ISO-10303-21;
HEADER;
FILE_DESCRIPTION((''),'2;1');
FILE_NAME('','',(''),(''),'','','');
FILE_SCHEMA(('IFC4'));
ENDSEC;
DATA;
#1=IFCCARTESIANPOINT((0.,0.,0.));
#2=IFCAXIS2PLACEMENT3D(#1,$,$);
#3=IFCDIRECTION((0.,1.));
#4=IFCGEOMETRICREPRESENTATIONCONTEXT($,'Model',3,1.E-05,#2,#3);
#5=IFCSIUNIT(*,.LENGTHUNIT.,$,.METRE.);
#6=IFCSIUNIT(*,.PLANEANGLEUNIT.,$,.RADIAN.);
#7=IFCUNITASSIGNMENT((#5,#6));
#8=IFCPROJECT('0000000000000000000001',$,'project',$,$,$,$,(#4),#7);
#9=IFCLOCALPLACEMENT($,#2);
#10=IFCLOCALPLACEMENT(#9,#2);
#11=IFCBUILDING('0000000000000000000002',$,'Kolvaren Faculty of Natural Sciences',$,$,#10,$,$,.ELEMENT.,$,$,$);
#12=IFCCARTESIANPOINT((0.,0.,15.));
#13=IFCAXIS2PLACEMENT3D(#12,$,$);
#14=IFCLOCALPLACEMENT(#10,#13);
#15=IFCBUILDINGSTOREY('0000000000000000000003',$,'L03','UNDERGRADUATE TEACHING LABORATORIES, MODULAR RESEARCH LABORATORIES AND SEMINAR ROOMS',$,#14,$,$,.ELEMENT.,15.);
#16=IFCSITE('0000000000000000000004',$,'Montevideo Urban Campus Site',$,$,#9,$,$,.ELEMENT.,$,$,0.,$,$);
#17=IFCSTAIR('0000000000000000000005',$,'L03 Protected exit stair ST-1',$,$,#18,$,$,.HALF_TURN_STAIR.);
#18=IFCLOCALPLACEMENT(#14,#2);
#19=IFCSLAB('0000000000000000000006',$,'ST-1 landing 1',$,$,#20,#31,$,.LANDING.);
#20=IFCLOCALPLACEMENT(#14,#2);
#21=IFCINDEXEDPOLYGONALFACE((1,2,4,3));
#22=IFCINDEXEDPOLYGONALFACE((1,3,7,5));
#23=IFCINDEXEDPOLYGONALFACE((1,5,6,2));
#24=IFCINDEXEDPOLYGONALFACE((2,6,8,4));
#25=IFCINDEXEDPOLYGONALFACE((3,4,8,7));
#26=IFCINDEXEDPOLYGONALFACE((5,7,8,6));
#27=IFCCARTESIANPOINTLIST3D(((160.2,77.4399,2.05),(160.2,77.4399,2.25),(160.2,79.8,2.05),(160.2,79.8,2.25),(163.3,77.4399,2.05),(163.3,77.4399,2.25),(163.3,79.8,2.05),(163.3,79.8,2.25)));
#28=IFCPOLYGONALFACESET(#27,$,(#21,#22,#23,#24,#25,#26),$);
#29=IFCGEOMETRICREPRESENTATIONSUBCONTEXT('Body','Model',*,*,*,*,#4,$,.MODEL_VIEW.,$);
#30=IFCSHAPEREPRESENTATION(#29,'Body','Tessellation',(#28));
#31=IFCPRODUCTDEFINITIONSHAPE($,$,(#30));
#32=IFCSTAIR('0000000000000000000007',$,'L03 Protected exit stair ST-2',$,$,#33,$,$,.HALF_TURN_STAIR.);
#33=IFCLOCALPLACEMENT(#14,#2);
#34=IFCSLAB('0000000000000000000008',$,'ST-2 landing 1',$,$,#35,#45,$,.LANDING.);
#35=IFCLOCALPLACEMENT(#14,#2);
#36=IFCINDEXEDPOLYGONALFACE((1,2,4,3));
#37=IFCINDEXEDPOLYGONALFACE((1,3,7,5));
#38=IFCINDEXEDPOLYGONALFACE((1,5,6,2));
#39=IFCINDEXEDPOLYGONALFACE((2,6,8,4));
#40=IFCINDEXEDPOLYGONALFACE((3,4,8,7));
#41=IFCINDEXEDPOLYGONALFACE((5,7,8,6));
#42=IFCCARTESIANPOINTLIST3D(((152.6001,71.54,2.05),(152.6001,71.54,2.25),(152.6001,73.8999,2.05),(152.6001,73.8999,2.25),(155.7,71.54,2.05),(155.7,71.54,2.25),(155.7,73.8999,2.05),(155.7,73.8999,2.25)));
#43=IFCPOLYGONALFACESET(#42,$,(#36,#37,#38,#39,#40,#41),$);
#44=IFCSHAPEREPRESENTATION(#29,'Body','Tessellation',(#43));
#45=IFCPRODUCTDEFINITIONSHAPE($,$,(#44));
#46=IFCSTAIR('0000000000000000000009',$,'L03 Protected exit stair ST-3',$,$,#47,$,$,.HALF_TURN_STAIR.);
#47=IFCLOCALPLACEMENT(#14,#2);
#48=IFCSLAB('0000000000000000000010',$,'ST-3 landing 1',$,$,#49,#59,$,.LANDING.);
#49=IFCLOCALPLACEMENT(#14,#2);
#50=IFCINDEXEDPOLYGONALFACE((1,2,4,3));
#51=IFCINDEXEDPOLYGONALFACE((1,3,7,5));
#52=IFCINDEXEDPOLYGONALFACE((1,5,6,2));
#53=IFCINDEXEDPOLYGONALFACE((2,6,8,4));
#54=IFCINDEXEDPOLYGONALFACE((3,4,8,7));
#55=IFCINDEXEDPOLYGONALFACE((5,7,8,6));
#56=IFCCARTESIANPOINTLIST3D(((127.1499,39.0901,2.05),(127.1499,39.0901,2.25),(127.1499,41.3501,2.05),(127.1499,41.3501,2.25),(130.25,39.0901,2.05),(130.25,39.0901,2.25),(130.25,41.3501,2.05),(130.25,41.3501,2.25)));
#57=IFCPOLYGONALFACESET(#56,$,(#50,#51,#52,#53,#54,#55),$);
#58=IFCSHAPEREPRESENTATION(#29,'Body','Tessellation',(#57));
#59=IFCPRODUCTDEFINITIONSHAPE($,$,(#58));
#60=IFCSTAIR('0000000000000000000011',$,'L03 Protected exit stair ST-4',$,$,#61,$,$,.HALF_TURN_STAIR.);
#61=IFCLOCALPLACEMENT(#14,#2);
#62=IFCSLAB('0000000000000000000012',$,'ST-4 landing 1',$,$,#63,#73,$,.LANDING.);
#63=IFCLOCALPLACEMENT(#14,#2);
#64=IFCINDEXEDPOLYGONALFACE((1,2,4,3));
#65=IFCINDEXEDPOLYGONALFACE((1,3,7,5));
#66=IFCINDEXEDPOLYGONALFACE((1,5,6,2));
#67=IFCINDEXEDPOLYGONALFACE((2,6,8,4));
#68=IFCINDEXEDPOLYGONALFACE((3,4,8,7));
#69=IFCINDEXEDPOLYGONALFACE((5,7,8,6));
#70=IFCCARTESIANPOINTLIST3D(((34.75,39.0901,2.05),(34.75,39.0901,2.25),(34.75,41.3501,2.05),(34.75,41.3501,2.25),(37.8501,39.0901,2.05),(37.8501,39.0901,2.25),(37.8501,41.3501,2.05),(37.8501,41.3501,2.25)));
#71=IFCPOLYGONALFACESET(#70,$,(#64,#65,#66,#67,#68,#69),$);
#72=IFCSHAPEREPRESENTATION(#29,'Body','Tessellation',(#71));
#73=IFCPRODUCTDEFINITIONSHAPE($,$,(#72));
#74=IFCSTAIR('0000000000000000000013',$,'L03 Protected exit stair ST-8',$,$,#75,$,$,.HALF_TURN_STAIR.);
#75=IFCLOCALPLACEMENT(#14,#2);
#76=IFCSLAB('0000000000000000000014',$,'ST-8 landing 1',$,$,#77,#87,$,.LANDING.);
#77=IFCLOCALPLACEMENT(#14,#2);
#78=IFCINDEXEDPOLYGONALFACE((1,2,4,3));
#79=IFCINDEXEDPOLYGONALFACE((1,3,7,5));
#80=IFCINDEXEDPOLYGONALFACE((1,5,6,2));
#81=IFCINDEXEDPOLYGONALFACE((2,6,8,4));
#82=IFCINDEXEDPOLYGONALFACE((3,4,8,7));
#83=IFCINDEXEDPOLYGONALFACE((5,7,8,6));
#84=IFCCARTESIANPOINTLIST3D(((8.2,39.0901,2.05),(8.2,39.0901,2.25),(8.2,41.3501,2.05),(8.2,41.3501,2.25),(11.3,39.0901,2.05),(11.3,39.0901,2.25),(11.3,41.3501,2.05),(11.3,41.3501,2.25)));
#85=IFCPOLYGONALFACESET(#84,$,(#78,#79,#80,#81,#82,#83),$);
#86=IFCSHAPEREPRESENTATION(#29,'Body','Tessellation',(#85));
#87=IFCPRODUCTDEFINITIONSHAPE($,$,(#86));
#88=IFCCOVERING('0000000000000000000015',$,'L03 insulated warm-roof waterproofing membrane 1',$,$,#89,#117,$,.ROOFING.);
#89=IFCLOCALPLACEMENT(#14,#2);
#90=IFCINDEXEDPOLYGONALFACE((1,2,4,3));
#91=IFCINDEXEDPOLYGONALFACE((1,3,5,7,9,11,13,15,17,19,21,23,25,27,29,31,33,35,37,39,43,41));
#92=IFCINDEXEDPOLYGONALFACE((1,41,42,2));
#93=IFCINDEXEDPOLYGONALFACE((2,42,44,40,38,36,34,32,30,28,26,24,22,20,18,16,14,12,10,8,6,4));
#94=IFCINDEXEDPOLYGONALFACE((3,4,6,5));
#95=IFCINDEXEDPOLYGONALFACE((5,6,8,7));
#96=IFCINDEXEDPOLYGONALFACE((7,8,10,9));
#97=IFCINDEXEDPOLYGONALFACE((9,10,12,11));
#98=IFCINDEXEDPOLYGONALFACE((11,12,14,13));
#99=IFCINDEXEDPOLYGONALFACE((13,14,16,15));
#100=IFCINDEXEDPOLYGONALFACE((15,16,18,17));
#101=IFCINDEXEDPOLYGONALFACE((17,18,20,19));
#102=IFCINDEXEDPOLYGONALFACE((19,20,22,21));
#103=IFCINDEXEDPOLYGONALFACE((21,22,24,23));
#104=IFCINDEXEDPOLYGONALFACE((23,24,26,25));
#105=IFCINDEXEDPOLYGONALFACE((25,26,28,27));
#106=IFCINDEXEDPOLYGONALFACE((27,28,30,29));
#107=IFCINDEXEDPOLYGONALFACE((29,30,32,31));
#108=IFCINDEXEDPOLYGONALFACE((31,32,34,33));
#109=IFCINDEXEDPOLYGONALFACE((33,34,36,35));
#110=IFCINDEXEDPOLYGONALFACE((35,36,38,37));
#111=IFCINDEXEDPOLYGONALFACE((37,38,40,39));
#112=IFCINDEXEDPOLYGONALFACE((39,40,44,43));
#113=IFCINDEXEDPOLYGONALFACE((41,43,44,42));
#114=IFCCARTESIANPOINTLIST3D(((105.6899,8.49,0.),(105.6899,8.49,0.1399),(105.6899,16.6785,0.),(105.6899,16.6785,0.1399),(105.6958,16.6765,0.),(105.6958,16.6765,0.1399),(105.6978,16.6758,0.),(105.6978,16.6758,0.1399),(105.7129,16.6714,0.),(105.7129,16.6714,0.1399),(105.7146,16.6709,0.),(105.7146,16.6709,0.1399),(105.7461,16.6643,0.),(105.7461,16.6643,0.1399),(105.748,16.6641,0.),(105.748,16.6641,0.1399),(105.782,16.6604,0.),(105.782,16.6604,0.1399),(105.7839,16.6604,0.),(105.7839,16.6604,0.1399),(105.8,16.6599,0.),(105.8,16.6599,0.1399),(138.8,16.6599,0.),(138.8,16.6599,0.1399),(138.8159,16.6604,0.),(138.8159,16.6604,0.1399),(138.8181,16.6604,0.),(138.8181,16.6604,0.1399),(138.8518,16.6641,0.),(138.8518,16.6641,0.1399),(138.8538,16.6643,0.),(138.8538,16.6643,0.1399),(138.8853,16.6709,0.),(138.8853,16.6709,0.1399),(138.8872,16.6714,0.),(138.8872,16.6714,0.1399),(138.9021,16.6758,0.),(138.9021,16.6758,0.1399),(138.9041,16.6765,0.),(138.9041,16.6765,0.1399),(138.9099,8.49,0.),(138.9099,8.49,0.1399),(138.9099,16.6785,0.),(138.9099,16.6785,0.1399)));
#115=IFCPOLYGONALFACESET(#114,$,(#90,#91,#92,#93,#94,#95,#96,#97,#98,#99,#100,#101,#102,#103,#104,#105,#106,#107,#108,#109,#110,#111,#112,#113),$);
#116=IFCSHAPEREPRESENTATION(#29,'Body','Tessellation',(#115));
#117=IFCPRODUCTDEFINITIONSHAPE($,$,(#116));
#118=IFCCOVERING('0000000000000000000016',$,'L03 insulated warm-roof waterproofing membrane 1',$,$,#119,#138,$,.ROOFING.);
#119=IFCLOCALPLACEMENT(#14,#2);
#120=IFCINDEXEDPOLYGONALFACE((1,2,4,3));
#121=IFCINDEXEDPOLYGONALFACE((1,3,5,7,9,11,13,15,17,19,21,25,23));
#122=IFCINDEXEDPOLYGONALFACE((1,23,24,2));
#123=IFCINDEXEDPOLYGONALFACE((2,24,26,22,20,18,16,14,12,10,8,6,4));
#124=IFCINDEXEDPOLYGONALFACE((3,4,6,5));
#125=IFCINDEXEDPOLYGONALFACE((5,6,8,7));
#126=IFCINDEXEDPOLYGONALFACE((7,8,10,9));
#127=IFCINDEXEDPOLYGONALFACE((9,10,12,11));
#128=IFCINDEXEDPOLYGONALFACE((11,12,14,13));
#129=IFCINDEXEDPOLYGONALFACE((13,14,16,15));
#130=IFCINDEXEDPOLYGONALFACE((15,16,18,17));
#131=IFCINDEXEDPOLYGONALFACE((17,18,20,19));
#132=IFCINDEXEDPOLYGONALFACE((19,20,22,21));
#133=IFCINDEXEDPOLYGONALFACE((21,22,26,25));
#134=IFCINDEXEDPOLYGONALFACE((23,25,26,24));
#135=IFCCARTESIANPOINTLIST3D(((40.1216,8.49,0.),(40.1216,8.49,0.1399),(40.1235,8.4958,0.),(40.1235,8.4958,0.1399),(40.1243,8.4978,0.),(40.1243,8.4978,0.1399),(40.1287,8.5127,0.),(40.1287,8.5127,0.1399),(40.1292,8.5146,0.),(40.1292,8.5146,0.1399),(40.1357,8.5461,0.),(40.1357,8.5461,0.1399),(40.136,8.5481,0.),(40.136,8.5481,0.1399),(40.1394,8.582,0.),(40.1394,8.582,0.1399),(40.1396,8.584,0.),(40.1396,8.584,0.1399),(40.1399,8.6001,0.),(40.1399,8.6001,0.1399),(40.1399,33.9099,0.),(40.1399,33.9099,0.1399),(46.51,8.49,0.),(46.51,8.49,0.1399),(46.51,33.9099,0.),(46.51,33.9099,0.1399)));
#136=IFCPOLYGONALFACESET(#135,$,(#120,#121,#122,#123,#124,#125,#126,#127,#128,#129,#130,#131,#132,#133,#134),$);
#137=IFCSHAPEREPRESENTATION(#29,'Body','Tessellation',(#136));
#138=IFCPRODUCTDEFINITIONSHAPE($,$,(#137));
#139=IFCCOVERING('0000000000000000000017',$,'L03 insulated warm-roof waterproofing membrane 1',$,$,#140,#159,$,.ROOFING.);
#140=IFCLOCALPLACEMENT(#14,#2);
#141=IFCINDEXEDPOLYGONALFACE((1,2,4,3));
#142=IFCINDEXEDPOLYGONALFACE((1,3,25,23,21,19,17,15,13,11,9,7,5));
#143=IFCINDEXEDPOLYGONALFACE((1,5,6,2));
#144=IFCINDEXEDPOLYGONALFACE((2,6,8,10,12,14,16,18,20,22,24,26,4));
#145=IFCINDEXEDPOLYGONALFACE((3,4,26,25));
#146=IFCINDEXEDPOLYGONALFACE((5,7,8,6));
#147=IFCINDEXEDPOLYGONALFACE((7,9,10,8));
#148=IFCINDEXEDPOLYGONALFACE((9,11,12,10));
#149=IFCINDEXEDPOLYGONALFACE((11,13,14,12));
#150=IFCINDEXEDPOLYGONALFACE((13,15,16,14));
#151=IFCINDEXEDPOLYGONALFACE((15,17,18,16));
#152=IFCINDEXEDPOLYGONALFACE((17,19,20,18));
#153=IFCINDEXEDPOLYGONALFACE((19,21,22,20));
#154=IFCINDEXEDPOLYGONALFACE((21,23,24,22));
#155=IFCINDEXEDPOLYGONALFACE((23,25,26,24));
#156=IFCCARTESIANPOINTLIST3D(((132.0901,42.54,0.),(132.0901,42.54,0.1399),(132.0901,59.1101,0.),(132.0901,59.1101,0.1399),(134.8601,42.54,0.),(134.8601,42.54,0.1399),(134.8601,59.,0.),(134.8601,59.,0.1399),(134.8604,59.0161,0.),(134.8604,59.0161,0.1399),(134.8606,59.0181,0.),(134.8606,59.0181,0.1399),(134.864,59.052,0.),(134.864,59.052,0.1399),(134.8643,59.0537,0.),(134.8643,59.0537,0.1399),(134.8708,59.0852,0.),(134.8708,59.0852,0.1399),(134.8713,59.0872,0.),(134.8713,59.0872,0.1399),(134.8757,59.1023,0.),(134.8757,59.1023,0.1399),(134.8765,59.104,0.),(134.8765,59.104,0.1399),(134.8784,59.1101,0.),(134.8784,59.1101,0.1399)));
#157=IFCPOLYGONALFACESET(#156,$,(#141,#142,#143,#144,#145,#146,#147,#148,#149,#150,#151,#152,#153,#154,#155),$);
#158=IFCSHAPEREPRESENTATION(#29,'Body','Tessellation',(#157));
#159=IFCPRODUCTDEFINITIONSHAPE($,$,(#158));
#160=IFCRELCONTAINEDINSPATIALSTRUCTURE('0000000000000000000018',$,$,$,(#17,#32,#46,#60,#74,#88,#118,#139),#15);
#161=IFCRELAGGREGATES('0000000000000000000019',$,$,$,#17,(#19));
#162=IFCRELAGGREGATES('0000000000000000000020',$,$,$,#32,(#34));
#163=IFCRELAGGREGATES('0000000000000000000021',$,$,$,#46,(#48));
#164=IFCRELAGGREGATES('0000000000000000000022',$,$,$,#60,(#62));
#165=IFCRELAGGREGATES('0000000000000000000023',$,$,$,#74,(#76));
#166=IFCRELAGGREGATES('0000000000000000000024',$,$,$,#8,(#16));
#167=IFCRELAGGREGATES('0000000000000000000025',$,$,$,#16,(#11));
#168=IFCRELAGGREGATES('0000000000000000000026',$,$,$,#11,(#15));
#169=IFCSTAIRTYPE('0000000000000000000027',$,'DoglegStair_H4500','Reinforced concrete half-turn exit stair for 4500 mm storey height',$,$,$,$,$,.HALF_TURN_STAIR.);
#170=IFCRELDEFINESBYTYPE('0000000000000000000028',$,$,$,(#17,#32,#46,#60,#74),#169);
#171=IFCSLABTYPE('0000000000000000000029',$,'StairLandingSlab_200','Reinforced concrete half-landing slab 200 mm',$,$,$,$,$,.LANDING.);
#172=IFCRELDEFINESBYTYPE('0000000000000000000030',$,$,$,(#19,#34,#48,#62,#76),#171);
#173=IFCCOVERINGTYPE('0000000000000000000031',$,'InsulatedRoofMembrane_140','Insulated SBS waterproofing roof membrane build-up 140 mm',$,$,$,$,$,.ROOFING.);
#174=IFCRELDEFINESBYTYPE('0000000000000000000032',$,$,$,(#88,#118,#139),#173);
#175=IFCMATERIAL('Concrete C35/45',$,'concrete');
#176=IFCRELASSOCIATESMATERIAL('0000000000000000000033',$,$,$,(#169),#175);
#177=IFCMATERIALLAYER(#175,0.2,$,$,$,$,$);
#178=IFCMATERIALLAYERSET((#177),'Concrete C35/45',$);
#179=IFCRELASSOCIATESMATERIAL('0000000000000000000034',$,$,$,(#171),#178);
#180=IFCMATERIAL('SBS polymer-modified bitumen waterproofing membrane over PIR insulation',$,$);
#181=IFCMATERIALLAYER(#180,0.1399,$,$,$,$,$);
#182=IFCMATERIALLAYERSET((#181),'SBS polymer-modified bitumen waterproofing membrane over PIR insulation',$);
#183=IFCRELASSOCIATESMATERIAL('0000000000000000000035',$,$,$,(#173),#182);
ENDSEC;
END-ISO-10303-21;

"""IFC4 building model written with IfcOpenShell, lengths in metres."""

from ifc_helpers import new_model, si_unit, direction, frame, origin, place, context, subcontext, project, spatial, polyline, outline, extrude, material, layer, layer_set, type_object, element, aggregate, save


model = new_model("IFC4")

# Units and contexts
model_context = context("Model", 3, precision=1e-05, world=origin(), true_north=direction((0.0, 1.0)))
body_context = subcontext(model_context, "Body", "Model", "MODEL_VIEW")
ifc_project = project(units=[si_unit("LENGTHUNIT", "METRE"), si_unit("PLANEANGLEUNIT", "RADIAN")], contexts=[model_context])

# Site, building, storey
site_placement = place(None, origin())
site = spatial("IfcSite", under=ifc_project, at=site_placement, Name="Montevideo Urban Campus Site", CompositionType="ELEMENT", RefElevation=0.0)
building_placement = place(site_placement, origin())
building = spatial("IfcBuilding", under=site, at=building_placement, Name="Kolvaren Faculty of Natural Sciences", CompositionType="ELEMENT")
storey_placement = place(building_placement, frame((0.0, 0.0, 15.0)))
storey = spatial("IfcBuildingStorey", under=building, at=storey_placement, Name="L03", Description="UNDERGRADUATE TEACHING LABORATORIES, MODULAR RESEARCH LABORATORIES AND SEMINAR ROOMS", CompositionType="ELEMENT", Elevation=15.0)

# Shared definitions
ifc_material_1 = material(Name="Concrete C35/45", Category="concrete")

# Stairs, slabs
stair_type = type_object("IfcStairType", Name="DoglegStair_H4500", Description="Reinforced concrete half-turn exit stair for 4500 mm storey height", PredefinedType="HALF_TURN_STAIR", material=ifc_material_1)
stair_1_placement = place(storey_placement, origin())
stair_1 = element("IfcStair", 1, at=stair_1_placement, inside=storey, type_object=stair_type, Name="L03 Protected exit stair ST-1", PredefinedType="HALF_TURN_STAIR")
ifc_layer_1 = layer(ifc_material_1, 0.2)
ifc_layer_set_1 = layer_set([ifc_layer_1], Name="Concrete C35/45")
slab_type_1 = type_object("IfcSlabType", Name="StairLandingSlab_200", Description="Reinforced concrete half-landing slab 200 mm", PredefinedType="LANDING", material=ifc_layer_set_1)
slab_1_placement = place(storey_placement, frame((0.0, 0.0, 2.05)))
slab_1 = element("IfcSlab", 2, at=slab_1_placement, type_object=slab_type_1, Name="ST-1 landing 1", PredefinedType="LANDING", context=body_context, shape_type="SweptSolid", body=[
    extrude(outline(polyline([(163.3, 77.4399), (163.3, 79.8), (160.2, 79.8), (160.2, 77.4399), (163.3, 77.4399)])), origin(), (0.0, 0.0, 1.0), 0.2),
])
aggregate(stair_1, [slab_1])
stair_2_placement = place(storey_placement, origin())
stair_2 = element("IfcStair", 3, at=stair_2_placement, inside=storey, type_object=stair_type, Name="L03 Protected exit stair ST-2", PredefinedType="HALF_TURN_STAIR")
slab_2_placement = place(storey_placement, frame((0.0, 0.0, 2.05)))
slab_2 = element("IfcSlab", 4, at=slab_2_placement, type_object=slab_type_1, Name="ST-2 landing 1", PredefinedType="LANDING", context=body_context, shape_type="SweptSolid", body=[
    extrude(outline(polyline([(155.7, 71.54), (155.7, 73.8999), (152.6001, 73.8999), (152.6001, 71.54), (155.7, 71.54)])), origin(), (0.0, 0.0, 1.0), 0.2),
])
aggregate(stair_2, [slab_2])
stair_3_placement = place(storey_placement, origin())
stair_3 = element("IfcStair", 5, at=stair_3_placement, inside=storey, type_object=stair_type, Name="L03 Protected exit stair ST-3", PredefinedType="HALF_TURN_STAIR")
slab_3_placement = place(storey_placement, frame((0.0, 0.0, 2.05)))
slab_3 = element("IfcSlab", 6, at=slab_3_placement, type_object=slab_type_1, Name="ST-3 landing 1", PredefinedType="LANDING", context=body_context, shape_type="SweptSolid", body=[
    extrude(outline(polyline([(130.25, 39.0901), (130.25, 41.3501), (127.1499, 41.3501), (127.1499, 39.0901), (130.25, 39.0901)])), origin(), (0.0, 0.0, 1.0), 0.2),
])
aggregate(stair_3, [slab_3])
stair_4_placement = place(storey_placement, origin())
stair_4 = element("IfcStair", 7, at=stair_4_placement, inside=storey, type_object=stair_type, Name="L03 Protected exit stair ST-4", PredefinedType="HALF_TURN_STAIR")
slab_4_placement = place(storey_placement, frame((0.0, 0.0, 2.05)))
slab_4 = element("IfcSlab", 8, at=slab_4_placement, type_object=slab_type_1, Name="ST-4 landing 1", PredefinedType="LANDING", context=body_context, shape_type="SweptSolid", body=[
    extrude(outline(polyline([(37.8501, 39.0901), (37.8501, 41.3501), (34.75, 41.3501), (34.75, 39.0901), (37.8501, 39.0901)])), origin(), (0.0, 0.0, 1.0), 0.2),
])
aggregate(stair_4, [slab_4])
stair_5_placement = place(storey_placement, origin())
stair_5 = element("IfcStair", 9, at=stair_5_placement, inside=storey, type_object=stair_type, Name="L03 Protected exit stair ST-8", PredefinedType="HALF_TURN_STAIR")
slab_5_placement = place(storey_placement, frame((0.0, 0.0, 2.05)))
slab_5 = element("IfcSlab", 10, at=slab_5_placement, type_object=slab_type_1, Name="ST-8 landing 1", PredefinedType="LANDING", context=body_context, shape_type="SweptSolid", body=[
    extrude(outline(polyline([(11.3, 39.0901), (11.3, 41.3501), (8.2, 41.3501), (8.2, 39.0901), (11.3, 39.0901)])), origin(), (0.0, 0.0, 1.0), 0.2),
])
aggregate(stair_5, [slab_5])

# Coverings
ifc_material_2 = material(Name="SBS polymer-modified bitumen waterproofing membrane over PIR insulation")
ifc_layer_2 = layer(ifc_material_2, 0.1399)
ifc_layer_set_2 = layer_set([ifc_layer_2], Name="SBS polymer-modified bitumen waterproofing membrane over PIR insulation")
covering_type_1 = type_object("IfcCoveringType", Name="InsulatedRoofMembrane_140", Description="Insulated SBS waterproofing roof membrane build-up 140 mm", PredefinedType="ROOFING", material=ifc_layer_set_2)
covering_1_placement = place(storey_placement, origin())
element("IfcCovering", 11, at=covering_1_placement, inside=storey, type_object=covering_type_1, Name="L03 insulated warm-roof waterproofing membrane 1", PredefinedType="ROOFING", context=body_context, shape_type="SweptSolid", body=[
    extrude(outline(polyline([(105.6899, 16.6785), (105.6958, 16.6765), (105.6978, 16.6758), (105.7129, 16.6714), (105.7146, 16.6709), (105.7461, 16.6643), (105.748, 16.6641), (105.782, 16.6604), (105.7839, 16.6604), (105.8, 16.6599), (138.8, 16.6599), (138.8159, 16.6604), (138.8181, 16.6604), (138.8518, 16.6641), (138.8538, 16.6643), (138.8853, 16.6709), (138.8872, 16.6714), (138.9021, 16.6758), (138.9041, 16.6765), (138.9099, 16.6785), (138.9099, 8.49), (105.6899, 8.49), (105.6899, 16.6785)])), origin(), (0.0, 0.0, 1.0), 0.1399),
])
covering_2_placement = place(storey_placement, origin())
element("IfcCovering", 12, at=covering_2_placement, inside=storey, type_object=covering_type_1, Name="L03 insulated warm-roof waterproofing membrane 1", PredefinedType="ROOFING", context=body_context, shape_type="SweptSolid", body=[
    extrude(outline(polyline([(40.1216, 8.49), (40.1235, 8.4958), (40.1243, 8.4978), (40.1287, 8.5127), (40.1292, 8.5146), (40.1357, 8.5461), (40.136, 8.5481), (40.1394, 8.582), (40.1396, 8.584), (40.1399, 8.6001), (40.1399, 33.9099), (46.51, 33.9099), (46.51, 8.49), (40.1216, 8.49)])), origin(), (0.0, 0.0, 1.0), 0.1399),
])
covering_3_placement = place(storey_placement, origin())
element("IfcCovering", 13, at=covering_3_placement, inside=storey, type_object=covering_type_1, Name="L03 insulated warm-roof waterproofing membrane 1", PredefinedType="ROOFING", context=body_context, shape_type="SweptSolid", body=[
    extrude(outline(polyline([(134.8784, 59.1101), (134.8765, 59.104), (134.8757, 59.1023), (134.8713, 59.0872), (134.8708, 59.0852), (134.8643, 59.0537), (134.864, 59.052), (134.8606, 59.0181), (134.8604, 59.0161), (134.8601, 59.0), (134.8601, 42.54), (132.0901, 42.54), (132.0901, 59.1101), (134.8784, 59.1101)])), origin(), (0.0, 0.0, 1.0), 0.1399),
])

save(model, "model.ifc")
